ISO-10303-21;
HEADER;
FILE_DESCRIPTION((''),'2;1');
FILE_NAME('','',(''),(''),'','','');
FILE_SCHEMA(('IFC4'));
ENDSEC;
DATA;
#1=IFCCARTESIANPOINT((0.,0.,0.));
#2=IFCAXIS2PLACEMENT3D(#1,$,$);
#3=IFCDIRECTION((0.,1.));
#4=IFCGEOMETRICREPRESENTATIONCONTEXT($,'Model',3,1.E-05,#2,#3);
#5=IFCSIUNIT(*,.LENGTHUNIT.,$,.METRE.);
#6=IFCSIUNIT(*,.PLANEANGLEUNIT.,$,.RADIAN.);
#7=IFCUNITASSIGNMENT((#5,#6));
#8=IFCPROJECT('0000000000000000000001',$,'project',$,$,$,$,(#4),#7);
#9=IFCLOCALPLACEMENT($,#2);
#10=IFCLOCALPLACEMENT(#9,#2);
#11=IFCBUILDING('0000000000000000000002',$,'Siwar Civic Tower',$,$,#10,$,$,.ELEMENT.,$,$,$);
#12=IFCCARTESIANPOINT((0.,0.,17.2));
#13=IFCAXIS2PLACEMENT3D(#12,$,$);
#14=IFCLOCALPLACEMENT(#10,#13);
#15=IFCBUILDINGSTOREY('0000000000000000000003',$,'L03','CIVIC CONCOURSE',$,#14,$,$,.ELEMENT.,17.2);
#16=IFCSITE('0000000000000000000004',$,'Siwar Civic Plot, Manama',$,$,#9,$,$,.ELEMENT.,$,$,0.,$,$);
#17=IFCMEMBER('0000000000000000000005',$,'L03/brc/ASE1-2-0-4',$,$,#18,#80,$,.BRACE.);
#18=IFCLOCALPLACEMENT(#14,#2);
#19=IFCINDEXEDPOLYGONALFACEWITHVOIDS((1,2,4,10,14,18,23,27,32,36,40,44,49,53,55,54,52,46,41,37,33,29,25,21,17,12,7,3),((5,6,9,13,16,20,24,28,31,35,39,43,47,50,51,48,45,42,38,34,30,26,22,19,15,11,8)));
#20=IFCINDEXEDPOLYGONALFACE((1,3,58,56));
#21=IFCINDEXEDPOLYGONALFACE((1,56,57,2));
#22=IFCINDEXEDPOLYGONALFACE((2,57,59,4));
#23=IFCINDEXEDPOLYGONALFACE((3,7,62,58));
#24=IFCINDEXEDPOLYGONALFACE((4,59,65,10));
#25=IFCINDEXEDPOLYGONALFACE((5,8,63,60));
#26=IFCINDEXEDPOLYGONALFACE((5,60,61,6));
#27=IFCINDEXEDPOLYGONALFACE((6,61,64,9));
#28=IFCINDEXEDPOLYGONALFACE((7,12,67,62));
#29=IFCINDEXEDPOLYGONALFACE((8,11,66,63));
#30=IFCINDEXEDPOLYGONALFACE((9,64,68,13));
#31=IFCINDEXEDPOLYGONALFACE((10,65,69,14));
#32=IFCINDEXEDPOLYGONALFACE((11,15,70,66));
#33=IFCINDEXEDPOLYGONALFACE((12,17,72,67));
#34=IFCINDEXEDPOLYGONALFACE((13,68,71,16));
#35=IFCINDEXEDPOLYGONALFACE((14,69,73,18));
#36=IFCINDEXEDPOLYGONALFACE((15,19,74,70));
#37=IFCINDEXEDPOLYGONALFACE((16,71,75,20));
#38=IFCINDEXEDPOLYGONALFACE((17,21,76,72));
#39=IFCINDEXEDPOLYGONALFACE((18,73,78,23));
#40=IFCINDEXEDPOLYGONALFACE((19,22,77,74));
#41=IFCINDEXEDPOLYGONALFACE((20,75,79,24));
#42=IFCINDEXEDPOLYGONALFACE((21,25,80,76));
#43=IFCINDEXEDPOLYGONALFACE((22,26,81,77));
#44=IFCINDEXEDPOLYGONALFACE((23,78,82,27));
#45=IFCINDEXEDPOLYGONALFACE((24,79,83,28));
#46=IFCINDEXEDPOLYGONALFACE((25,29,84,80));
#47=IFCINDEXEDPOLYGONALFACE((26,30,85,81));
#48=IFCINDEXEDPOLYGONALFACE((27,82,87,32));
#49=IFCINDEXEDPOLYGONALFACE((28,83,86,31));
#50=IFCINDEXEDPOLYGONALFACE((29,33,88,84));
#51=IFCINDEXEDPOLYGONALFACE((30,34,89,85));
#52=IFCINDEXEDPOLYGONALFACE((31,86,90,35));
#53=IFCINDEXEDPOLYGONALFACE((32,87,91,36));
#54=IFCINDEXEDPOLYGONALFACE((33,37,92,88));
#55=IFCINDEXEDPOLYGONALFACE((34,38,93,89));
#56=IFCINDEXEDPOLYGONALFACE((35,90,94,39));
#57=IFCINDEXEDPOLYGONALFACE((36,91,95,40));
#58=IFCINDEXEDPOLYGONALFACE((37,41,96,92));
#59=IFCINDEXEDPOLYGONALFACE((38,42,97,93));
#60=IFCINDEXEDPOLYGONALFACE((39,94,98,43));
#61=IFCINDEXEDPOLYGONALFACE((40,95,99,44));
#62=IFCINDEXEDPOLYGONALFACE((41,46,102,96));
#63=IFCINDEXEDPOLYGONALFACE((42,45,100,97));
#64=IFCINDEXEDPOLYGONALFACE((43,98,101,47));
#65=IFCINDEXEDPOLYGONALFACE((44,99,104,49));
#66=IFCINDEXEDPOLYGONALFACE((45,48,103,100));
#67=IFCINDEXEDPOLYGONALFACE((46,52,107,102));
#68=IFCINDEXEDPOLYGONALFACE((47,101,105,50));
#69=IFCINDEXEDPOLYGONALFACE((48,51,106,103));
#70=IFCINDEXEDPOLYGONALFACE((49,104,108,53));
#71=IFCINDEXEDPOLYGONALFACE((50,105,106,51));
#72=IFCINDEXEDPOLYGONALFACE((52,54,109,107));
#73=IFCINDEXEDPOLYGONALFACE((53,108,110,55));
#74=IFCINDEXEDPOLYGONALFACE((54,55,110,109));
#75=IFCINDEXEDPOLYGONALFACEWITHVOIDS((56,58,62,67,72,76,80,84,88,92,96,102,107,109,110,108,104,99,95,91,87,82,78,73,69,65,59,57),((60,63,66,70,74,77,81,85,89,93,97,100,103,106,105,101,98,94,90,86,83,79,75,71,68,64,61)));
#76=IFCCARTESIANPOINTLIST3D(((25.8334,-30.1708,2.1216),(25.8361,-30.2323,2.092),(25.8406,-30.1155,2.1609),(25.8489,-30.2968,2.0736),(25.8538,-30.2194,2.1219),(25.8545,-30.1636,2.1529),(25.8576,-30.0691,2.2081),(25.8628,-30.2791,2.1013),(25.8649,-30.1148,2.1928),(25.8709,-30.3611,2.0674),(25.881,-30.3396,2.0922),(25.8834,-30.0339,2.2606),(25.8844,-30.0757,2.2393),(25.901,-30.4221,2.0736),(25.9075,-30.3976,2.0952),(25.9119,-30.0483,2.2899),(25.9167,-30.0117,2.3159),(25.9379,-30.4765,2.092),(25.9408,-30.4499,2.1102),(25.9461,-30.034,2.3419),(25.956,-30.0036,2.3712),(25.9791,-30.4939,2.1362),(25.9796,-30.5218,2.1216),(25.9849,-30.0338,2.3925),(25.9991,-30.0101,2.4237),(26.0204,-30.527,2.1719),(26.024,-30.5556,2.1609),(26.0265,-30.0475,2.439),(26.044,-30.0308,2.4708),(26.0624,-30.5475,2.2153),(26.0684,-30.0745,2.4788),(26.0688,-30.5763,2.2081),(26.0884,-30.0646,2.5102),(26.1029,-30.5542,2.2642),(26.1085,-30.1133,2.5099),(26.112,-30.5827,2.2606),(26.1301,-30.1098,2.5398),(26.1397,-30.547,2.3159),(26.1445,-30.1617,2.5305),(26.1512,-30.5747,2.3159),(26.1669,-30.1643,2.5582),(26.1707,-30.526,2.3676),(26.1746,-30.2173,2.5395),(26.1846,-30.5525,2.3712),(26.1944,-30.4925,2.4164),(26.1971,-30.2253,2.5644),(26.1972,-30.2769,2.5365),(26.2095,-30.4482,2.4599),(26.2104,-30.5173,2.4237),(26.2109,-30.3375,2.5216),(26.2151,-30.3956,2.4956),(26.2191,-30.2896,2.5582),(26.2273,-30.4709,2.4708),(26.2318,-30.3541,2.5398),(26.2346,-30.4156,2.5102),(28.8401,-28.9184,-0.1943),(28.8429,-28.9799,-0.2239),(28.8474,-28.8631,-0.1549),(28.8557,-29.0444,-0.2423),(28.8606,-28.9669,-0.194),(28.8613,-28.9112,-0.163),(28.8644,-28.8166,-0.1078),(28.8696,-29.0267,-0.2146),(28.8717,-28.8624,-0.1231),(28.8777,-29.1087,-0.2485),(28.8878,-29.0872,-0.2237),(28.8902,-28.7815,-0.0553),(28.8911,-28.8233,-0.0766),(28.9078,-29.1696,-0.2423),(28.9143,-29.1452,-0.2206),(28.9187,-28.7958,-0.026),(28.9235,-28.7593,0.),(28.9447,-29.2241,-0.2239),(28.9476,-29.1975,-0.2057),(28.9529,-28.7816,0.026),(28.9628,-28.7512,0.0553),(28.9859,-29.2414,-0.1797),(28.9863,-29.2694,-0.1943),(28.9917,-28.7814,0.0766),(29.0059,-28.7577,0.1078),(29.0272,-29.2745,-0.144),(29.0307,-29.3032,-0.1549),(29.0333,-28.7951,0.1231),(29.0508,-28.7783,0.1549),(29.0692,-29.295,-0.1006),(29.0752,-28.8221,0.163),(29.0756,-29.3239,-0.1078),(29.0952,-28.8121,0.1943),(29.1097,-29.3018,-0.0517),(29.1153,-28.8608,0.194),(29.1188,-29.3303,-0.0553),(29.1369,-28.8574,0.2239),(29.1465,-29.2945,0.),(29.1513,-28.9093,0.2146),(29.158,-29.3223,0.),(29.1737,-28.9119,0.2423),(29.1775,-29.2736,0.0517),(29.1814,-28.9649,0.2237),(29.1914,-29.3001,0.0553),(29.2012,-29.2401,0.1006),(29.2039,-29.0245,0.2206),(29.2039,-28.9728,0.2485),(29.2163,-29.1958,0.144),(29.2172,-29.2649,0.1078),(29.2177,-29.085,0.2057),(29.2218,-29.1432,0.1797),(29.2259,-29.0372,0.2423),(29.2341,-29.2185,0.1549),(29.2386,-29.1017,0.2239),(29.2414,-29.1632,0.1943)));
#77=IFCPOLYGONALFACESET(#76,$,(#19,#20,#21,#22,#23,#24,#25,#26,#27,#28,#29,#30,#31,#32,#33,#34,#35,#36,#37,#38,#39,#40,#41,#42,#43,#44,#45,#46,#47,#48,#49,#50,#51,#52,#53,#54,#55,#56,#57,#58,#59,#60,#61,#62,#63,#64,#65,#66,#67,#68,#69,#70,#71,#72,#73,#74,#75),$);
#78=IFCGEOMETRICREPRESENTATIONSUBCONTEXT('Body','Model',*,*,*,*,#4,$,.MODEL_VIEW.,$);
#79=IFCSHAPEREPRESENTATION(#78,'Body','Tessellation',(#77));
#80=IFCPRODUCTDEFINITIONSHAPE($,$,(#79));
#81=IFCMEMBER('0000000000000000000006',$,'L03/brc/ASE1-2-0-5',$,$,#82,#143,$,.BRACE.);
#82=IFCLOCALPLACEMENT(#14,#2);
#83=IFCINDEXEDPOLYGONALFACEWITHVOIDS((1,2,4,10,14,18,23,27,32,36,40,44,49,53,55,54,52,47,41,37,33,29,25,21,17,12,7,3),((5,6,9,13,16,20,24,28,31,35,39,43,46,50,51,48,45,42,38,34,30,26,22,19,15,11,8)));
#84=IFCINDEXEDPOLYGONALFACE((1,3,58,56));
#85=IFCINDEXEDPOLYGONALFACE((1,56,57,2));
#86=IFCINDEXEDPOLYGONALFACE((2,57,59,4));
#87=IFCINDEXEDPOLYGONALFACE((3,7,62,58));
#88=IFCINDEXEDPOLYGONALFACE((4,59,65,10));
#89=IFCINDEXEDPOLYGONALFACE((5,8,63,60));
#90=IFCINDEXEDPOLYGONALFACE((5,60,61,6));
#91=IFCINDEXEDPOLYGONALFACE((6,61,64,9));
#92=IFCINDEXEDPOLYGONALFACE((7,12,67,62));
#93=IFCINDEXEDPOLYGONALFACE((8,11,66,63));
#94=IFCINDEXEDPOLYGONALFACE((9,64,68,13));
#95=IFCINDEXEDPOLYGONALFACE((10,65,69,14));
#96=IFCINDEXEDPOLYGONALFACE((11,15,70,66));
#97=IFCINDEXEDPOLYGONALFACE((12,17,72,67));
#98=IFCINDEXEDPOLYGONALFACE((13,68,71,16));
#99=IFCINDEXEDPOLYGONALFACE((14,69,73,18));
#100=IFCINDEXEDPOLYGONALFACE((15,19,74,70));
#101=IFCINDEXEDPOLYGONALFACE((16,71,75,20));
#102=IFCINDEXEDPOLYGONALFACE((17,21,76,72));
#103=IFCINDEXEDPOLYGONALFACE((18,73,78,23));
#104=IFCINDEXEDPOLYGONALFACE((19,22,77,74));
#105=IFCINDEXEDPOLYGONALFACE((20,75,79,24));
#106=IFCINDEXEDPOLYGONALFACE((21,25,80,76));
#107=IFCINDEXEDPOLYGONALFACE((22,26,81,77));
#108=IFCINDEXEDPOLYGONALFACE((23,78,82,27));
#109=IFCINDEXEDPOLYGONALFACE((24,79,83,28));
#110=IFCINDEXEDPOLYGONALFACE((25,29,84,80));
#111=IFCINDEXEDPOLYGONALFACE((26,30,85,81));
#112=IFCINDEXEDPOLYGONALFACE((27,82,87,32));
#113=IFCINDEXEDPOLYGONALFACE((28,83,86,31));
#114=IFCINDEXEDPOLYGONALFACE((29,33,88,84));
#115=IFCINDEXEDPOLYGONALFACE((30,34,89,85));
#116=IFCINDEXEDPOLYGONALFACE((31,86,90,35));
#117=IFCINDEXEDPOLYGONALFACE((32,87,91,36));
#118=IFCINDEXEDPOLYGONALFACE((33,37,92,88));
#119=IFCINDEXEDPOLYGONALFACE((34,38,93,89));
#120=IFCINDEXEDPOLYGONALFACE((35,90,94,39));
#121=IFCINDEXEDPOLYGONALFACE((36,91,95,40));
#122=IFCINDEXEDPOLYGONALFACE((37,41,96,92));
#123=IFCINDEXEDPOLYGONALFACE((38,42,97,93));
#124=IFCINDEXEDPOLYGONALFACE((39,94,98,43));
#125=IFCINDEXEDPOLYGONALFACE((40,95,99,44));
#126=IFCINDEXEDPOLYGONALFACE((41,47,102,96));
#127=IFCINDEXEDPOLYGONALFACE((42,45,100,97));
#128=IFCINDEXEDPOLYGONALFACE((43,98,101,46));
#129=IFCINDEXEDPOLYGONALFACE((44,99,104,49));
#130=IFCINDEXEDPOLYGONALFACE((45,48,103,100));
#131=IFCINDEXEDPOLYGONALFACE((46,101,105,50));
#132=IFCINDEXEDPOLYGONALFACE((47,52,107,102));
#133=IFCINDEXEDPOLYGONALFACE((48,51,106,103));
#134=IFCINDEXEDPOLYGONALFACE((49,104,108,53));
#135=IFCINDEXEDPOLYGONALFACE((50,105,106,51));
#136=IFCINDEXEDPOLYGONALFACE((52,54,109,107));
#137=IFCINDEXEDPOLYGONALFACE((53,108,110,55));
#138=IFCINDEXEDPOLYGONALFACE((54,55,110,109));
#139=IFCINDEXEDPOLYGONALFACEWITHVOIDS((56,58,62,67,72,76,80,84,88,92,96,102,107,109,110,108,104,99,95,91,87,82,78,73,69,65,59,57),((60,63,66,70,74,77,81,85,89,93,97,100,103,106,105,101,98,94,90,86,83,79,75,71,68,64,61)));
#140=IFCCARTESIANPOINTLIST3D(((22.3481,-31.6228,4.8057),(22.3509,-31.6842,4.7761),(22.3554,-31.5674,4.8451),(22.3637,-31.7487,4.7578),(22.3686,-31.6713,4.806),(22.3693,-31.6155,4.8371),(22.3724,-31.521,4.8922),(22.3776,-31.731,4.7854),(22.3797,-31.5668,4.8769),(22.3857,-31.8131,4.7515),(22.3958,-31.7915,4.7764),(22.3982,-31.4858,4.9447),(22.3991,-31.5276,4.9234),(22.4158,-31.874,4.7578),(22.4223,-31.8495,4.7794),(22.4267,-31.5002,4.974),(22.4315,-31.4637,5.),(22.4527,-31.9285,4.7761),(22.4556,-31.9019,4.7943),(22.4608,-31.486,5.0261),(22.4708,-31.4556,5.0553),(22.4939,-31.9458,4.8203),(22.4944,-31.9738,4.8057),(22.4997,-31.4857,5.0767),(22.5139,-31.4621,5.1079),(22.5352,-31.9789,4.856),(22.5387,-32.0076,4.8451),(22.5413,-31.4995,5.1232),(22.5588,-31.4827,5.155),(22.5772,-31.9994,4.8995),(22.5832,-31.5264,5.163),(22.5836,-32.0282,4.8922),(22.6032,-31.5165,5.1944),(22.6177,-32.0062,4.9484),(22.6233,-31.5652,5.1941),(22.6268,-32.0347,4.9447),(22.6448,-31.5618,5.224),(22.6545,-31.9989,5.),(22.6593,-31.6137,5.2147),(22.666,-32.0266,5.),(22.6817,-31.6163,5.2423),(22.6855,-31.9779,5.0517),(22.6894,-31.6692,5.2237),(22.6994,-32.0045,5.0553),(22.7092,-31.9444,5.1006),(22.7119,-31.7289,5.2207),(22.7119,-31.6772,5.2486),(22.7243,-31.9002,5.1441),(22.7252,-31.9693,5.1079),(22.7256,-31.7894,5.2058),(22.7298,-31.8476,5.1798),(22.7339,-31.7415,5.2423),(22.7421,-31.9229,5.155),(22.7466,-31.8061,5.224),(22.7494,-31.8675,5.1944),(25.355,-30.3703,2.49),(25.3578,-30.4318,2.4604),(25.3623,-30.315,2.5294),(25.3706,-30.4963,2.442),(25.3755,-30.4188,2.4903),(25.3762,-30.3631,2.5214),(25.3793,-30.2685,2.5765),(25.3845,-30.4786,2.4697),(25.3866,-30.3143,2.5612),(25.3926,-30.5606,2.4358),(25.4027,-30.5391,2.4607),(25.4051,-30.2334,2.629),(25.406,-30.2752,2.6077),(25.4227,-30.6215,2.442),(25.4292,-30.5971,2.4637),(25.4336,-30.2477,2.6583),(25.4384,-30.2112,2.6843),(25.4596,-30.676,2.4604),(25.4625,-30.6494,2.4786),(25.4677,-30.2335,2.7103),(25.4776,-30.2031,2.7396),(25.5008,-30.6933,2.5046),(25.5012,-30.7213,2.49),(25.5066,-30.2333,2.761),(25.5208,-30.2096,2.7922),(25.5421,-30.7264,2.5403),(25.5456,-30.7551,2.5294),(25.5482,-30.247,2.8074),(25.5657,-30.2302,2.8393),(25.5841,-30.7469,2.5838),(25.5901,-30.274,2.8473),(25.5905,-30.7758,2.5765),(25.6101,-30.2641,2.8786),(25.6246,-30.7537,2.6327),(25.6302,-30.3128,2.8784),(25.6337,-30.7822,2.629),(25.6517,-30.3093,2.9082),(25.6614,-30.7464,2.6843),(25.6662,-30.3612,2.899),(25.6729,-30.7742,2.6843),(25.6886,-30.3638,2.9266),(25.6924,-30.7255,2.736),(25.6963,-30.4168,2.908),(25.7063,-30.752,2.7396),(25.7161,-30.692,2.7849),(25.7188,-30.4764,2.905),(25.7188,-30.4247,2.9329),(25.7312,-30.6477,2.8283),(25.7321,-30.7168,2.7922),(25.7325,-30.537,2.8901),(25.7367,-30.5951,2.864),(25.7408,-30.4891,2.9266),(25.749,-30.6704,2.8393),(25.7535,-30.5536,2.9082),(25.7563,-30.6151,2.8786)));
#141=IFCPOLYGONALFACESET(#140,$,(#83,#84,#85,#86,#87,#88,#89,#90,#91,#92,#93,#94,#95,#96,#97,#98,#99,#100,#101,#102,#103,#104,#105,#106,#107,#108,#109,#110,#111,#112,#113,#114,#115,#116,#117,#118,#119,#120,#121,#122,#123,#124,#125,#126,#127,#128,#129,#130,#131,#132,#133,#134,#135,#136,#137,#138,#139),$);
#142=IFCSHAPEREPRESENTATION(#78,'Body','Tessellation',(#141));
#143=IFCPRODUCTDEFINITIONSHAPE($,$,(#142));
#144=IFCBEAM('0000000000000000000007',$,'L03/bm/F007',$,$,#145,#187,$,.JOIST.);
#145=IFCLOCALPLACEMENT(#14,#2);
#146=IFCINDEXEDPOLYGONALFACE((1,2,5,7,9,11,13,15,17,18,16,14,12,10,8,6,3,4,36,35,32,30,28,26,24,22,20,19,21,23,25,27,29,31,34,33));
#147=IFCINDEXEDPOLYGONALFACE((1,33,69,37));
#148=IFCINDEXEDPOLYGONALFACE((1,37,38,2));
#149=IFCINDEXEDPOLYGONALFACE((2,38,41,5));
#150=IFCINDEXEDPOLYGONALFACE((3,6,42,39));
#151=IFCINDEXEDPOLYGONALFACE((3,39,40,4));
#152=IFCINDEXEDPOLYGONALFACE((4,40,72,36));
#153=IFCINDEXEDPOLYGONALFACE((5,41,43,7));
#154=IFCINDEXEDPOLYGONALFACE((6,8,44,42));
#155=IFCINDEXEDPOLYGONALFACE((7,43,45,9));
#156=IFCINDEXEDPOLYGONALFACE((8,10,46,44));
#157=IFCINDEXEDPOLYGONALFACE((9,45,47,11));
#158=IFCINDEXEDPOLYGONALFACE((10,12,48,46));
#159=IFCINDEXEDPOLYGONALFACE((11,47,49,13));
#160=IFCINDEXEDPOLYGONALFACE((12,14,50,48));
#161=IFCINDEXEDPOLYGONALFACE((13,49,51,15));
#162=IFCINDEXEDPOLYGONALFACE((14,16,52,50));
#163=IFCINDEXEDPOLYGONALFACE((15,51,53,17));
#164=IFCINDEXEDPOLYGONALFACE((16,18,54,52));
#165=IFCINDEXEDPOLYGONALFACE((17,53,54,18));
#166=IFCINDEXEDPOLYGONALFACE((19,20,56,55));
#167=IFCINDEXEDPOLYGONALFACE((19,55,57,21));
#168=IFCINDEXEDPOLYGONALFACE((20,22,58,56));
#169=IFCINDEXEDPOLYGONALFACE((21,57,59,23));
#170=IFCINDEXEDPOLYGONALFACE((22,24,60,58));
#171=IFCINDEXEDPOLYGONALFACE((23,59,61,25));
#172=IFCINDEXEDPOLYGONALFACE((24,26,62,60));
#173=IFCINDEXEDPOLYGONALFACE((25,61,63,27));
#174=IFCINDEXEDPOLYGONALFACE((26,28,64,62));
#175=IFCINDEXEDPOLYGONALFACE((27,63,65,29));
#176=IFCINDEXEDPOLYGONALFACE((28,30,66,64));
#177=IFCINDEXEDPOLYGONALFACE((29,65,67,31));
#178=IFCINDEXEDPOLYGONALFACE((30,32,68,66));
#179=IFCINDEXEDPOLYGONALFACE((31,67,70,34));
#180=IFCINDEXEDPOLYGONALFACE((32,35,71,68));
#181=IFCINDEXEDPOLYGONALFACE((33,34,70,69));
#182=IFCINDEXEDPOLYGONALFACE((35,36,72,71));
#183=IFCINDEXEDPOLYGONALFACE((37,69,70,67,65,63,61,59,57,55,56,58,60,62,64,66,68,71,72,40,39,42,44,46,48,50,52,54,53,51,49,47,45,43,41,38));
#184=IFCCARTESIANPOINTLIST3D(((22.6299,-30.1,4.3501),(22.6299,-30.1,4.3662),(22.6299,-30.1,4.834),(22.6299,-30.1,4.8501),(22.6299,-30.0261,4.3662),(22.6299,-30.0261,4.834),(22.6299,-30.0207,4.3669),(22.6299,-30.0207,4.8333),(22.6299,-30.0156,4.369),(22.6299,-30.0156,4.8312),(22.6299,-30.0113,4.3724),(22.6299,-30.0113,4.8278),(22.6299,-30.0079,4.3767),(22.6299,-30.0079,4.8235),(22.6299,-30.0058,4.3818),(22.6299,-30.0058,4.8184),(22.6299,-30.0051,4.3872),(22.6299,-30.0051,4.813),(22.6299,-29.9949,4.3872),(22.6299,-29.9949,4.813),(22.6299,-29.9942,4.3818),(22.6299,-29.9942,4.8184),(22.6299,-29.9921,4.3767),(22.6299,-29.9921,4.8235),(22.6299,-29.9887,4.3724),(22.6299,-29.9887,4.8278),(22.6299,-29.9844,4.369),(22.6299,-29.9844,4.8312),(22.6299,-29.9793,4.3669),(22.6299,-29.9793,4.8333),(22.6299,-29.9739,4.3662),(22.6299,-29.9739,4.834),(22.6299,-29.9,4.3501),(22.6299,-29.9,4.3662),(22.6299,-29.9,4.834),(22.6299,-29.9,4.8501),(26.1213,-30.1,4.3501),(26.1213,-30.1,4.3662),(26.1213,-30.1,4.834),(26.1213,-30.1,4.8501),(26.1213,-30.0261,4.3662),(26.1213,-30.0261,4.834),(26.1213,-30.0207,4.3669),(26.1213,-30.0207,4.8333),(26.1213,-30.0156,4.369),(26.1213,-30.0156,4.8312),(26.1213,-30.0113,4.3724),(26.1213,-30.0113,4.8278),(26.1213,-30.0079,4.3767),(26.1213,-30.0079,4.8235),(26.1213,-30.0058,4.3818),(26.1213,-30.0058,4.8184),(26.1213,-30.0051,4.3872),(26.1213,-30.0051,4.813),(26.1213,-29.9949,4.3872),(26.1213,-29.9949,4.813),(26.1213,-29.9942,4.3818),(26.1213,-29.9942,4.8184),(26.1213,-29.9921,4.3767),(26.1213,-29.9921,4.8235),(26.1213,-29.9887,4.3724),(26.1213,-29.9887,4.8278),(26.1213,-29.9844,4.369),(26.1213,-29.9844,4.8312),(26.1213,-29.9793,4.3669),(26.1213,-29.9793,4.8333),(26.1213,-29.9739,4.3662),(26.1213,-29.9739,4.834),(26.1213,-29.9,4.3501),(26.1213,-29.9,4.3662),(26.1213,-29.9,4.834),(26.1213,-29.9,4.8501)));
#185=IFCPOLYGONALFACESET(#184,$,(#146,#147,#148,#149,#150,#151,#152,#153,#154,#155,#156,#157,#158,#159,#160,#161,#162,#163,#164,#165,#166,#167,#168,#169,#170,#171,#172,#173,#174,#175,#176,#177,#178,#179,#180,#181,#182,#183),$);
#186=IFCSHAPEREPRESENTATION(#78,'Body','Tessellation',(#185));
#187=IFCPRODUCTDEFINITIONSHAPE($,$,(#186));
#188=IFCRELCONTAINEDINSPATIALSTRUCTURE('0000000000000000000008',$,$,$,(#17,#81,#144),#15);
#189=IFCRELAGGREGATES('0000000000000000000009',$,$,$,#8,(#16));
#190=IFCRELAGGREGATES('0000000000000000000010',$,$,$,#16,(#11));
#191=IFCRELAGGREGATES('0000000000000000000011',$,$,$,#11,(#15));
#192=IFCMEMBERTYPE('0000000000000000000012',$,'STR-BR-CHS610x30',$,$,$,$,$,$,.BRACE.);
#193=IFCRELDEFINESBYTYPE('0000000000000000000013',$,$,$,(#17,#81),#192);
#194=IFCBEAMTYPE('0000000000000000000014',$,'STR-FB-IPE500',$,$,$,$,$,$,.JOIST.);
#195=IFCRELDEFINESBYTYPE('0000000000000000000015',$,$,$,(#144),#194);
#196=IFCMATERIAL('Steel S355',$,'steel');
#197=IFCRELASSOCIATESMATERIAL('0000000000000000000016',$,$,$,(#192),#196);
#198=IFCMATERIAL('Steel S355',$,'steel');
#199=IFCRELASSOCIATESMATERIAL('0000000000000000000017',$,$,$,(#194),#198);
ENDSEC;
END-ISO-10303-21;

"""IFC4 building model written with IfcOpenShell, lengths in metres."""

from ifc_helpers import new_model, si_unit, direction, frame, origin, origin_2d, place, context, subcontext, project, spatial, hollow_circle, i_section, extrude, material, material_profile, profile_set, type_object, element, save


model = new_model("IFC4")

# Units and contexts
model_context = context("Model", 3, precision=1e-05, world=origin(), true_north=direction((0.0, 1.0)))
body_context = subcontext(model_context, "Body", "Model", "MODEL_VIEW")
ifc_project = project(units=[si_unit("LENGTHUNIT", "METRE"), si_unit("PLANEANGLEUNIT", "RADIAN")], contexts=[model_context])

# Site, building, storey
site_placement = place(None, origin())
site = spatial("IfcSite", under=ifc_project, at=site_placement, Name="Siwar Civic Plot, Manama", CompositionType="ELEMENT", RefElevation=0.0)
building_placement = place(site_placement, origin())
building = spatial("IfcBuilding", under=site, at=building_placement, Name="Siwar Civic Tower", CompositionType="ELEMENT")
storey_placement = place(building_placement, frame((0.0, 0.0, 17.2)))
storey = spatial("IfcBuildingStorey", under=building, at=storey_placement, Name="L03", Description="CIVIC CONCOURSE", CompositionType="ELEMENT", Elevation=17.2)

# Members
ifc_material_1 = material(Name="Steel S355", Category="steel")
ifc_material_profile_1 = material_profile(ifc_material_1, hollow_circle(Radius=0.3049, WallThickness=0.03, at=origin_2d()), Name="CHS610x30")
ifc_profile_set_1 = profile_set([ifc_material_profile_1], Name="Steel S355")
member_type_1 = type_object("IfcMemberType", Name="STR-BR-CHS610x30", PredefinedType="BRACE", material=ifc_profile_set_1)
for number, where, z_axis, x_axis, name in (
    (1, (29.0408, -29.0408, 0.0), (-0.752341, -0.313373, 0.579466), (0.384509, -0.923121, 0.0), "L03/brc/ASE1-2-0-4"),
    (2, (25.5557, -30.4927, 2.6843), (-0.752367, -0.313385, 0.579425), (0.384509, -0.923121, 0.0), "L03/brc/ASE1-2-0-5"),
):
    element("IfcMember", number, at=place(storey_placement, frame(where, z_axis=z_axis, x_axis=x_axis)), inside=storey, type_object=member_type_1, Name=name, PredefinedType="BRACE", context=body_context, shape_type="SweptSolid", body=[
        extrude(hollow_circle(Radius=0.3049, WallThickness=0.03, at=origin_2d()), origin(), (0.0, 0.0, 1.0), 3.9966),
    ])

# Beam
ifc_material_2 = material(Name="Steel S355", Category="steel")
ifc_material_profile_2 = material_profile(ifc_material_2, i_section(OverallWidth=0.2, OverallDepth=0.5, WebThickness=0.0103, FlangeThickness=0.0161, FilletRadius=0.021, at=origin_2d()), Name="IPE500")
ifc_profile_set_2 = profile_set([ifc_material_profile_2], Name="Steel S355")
beam_type_1 = type_object("IfcBeamType", Name="STR-FB-IPE500", PredefinedType="JOIST", material=ifc_profile_set_2)
beam_1_placement = place(storey_placement, frame((22.6299, -30.0, 4.6001), z_axis=(1.0, 0.0, 0.0), x_axis=(0.0, 1.0, 0.0)))
element("IfcBeam", 3, at=beam_1_placement, inside=storey, type_object=beam_type_1, Name="L03/bm/F007", PredefinedType="JOIST", context=body_context, shape_type="SweptSolid", body=[
    extrude(i_section(OverallWidth=0.2, OverallDepth=0.5, WebThickness=0.0103, FlangeThickness=0.0161, FilletRadius=0.021, at=origin_2d()), origin(), (0.0, 0.0, 1.0), 3.4915),
])

save(model, "model.ifc")
